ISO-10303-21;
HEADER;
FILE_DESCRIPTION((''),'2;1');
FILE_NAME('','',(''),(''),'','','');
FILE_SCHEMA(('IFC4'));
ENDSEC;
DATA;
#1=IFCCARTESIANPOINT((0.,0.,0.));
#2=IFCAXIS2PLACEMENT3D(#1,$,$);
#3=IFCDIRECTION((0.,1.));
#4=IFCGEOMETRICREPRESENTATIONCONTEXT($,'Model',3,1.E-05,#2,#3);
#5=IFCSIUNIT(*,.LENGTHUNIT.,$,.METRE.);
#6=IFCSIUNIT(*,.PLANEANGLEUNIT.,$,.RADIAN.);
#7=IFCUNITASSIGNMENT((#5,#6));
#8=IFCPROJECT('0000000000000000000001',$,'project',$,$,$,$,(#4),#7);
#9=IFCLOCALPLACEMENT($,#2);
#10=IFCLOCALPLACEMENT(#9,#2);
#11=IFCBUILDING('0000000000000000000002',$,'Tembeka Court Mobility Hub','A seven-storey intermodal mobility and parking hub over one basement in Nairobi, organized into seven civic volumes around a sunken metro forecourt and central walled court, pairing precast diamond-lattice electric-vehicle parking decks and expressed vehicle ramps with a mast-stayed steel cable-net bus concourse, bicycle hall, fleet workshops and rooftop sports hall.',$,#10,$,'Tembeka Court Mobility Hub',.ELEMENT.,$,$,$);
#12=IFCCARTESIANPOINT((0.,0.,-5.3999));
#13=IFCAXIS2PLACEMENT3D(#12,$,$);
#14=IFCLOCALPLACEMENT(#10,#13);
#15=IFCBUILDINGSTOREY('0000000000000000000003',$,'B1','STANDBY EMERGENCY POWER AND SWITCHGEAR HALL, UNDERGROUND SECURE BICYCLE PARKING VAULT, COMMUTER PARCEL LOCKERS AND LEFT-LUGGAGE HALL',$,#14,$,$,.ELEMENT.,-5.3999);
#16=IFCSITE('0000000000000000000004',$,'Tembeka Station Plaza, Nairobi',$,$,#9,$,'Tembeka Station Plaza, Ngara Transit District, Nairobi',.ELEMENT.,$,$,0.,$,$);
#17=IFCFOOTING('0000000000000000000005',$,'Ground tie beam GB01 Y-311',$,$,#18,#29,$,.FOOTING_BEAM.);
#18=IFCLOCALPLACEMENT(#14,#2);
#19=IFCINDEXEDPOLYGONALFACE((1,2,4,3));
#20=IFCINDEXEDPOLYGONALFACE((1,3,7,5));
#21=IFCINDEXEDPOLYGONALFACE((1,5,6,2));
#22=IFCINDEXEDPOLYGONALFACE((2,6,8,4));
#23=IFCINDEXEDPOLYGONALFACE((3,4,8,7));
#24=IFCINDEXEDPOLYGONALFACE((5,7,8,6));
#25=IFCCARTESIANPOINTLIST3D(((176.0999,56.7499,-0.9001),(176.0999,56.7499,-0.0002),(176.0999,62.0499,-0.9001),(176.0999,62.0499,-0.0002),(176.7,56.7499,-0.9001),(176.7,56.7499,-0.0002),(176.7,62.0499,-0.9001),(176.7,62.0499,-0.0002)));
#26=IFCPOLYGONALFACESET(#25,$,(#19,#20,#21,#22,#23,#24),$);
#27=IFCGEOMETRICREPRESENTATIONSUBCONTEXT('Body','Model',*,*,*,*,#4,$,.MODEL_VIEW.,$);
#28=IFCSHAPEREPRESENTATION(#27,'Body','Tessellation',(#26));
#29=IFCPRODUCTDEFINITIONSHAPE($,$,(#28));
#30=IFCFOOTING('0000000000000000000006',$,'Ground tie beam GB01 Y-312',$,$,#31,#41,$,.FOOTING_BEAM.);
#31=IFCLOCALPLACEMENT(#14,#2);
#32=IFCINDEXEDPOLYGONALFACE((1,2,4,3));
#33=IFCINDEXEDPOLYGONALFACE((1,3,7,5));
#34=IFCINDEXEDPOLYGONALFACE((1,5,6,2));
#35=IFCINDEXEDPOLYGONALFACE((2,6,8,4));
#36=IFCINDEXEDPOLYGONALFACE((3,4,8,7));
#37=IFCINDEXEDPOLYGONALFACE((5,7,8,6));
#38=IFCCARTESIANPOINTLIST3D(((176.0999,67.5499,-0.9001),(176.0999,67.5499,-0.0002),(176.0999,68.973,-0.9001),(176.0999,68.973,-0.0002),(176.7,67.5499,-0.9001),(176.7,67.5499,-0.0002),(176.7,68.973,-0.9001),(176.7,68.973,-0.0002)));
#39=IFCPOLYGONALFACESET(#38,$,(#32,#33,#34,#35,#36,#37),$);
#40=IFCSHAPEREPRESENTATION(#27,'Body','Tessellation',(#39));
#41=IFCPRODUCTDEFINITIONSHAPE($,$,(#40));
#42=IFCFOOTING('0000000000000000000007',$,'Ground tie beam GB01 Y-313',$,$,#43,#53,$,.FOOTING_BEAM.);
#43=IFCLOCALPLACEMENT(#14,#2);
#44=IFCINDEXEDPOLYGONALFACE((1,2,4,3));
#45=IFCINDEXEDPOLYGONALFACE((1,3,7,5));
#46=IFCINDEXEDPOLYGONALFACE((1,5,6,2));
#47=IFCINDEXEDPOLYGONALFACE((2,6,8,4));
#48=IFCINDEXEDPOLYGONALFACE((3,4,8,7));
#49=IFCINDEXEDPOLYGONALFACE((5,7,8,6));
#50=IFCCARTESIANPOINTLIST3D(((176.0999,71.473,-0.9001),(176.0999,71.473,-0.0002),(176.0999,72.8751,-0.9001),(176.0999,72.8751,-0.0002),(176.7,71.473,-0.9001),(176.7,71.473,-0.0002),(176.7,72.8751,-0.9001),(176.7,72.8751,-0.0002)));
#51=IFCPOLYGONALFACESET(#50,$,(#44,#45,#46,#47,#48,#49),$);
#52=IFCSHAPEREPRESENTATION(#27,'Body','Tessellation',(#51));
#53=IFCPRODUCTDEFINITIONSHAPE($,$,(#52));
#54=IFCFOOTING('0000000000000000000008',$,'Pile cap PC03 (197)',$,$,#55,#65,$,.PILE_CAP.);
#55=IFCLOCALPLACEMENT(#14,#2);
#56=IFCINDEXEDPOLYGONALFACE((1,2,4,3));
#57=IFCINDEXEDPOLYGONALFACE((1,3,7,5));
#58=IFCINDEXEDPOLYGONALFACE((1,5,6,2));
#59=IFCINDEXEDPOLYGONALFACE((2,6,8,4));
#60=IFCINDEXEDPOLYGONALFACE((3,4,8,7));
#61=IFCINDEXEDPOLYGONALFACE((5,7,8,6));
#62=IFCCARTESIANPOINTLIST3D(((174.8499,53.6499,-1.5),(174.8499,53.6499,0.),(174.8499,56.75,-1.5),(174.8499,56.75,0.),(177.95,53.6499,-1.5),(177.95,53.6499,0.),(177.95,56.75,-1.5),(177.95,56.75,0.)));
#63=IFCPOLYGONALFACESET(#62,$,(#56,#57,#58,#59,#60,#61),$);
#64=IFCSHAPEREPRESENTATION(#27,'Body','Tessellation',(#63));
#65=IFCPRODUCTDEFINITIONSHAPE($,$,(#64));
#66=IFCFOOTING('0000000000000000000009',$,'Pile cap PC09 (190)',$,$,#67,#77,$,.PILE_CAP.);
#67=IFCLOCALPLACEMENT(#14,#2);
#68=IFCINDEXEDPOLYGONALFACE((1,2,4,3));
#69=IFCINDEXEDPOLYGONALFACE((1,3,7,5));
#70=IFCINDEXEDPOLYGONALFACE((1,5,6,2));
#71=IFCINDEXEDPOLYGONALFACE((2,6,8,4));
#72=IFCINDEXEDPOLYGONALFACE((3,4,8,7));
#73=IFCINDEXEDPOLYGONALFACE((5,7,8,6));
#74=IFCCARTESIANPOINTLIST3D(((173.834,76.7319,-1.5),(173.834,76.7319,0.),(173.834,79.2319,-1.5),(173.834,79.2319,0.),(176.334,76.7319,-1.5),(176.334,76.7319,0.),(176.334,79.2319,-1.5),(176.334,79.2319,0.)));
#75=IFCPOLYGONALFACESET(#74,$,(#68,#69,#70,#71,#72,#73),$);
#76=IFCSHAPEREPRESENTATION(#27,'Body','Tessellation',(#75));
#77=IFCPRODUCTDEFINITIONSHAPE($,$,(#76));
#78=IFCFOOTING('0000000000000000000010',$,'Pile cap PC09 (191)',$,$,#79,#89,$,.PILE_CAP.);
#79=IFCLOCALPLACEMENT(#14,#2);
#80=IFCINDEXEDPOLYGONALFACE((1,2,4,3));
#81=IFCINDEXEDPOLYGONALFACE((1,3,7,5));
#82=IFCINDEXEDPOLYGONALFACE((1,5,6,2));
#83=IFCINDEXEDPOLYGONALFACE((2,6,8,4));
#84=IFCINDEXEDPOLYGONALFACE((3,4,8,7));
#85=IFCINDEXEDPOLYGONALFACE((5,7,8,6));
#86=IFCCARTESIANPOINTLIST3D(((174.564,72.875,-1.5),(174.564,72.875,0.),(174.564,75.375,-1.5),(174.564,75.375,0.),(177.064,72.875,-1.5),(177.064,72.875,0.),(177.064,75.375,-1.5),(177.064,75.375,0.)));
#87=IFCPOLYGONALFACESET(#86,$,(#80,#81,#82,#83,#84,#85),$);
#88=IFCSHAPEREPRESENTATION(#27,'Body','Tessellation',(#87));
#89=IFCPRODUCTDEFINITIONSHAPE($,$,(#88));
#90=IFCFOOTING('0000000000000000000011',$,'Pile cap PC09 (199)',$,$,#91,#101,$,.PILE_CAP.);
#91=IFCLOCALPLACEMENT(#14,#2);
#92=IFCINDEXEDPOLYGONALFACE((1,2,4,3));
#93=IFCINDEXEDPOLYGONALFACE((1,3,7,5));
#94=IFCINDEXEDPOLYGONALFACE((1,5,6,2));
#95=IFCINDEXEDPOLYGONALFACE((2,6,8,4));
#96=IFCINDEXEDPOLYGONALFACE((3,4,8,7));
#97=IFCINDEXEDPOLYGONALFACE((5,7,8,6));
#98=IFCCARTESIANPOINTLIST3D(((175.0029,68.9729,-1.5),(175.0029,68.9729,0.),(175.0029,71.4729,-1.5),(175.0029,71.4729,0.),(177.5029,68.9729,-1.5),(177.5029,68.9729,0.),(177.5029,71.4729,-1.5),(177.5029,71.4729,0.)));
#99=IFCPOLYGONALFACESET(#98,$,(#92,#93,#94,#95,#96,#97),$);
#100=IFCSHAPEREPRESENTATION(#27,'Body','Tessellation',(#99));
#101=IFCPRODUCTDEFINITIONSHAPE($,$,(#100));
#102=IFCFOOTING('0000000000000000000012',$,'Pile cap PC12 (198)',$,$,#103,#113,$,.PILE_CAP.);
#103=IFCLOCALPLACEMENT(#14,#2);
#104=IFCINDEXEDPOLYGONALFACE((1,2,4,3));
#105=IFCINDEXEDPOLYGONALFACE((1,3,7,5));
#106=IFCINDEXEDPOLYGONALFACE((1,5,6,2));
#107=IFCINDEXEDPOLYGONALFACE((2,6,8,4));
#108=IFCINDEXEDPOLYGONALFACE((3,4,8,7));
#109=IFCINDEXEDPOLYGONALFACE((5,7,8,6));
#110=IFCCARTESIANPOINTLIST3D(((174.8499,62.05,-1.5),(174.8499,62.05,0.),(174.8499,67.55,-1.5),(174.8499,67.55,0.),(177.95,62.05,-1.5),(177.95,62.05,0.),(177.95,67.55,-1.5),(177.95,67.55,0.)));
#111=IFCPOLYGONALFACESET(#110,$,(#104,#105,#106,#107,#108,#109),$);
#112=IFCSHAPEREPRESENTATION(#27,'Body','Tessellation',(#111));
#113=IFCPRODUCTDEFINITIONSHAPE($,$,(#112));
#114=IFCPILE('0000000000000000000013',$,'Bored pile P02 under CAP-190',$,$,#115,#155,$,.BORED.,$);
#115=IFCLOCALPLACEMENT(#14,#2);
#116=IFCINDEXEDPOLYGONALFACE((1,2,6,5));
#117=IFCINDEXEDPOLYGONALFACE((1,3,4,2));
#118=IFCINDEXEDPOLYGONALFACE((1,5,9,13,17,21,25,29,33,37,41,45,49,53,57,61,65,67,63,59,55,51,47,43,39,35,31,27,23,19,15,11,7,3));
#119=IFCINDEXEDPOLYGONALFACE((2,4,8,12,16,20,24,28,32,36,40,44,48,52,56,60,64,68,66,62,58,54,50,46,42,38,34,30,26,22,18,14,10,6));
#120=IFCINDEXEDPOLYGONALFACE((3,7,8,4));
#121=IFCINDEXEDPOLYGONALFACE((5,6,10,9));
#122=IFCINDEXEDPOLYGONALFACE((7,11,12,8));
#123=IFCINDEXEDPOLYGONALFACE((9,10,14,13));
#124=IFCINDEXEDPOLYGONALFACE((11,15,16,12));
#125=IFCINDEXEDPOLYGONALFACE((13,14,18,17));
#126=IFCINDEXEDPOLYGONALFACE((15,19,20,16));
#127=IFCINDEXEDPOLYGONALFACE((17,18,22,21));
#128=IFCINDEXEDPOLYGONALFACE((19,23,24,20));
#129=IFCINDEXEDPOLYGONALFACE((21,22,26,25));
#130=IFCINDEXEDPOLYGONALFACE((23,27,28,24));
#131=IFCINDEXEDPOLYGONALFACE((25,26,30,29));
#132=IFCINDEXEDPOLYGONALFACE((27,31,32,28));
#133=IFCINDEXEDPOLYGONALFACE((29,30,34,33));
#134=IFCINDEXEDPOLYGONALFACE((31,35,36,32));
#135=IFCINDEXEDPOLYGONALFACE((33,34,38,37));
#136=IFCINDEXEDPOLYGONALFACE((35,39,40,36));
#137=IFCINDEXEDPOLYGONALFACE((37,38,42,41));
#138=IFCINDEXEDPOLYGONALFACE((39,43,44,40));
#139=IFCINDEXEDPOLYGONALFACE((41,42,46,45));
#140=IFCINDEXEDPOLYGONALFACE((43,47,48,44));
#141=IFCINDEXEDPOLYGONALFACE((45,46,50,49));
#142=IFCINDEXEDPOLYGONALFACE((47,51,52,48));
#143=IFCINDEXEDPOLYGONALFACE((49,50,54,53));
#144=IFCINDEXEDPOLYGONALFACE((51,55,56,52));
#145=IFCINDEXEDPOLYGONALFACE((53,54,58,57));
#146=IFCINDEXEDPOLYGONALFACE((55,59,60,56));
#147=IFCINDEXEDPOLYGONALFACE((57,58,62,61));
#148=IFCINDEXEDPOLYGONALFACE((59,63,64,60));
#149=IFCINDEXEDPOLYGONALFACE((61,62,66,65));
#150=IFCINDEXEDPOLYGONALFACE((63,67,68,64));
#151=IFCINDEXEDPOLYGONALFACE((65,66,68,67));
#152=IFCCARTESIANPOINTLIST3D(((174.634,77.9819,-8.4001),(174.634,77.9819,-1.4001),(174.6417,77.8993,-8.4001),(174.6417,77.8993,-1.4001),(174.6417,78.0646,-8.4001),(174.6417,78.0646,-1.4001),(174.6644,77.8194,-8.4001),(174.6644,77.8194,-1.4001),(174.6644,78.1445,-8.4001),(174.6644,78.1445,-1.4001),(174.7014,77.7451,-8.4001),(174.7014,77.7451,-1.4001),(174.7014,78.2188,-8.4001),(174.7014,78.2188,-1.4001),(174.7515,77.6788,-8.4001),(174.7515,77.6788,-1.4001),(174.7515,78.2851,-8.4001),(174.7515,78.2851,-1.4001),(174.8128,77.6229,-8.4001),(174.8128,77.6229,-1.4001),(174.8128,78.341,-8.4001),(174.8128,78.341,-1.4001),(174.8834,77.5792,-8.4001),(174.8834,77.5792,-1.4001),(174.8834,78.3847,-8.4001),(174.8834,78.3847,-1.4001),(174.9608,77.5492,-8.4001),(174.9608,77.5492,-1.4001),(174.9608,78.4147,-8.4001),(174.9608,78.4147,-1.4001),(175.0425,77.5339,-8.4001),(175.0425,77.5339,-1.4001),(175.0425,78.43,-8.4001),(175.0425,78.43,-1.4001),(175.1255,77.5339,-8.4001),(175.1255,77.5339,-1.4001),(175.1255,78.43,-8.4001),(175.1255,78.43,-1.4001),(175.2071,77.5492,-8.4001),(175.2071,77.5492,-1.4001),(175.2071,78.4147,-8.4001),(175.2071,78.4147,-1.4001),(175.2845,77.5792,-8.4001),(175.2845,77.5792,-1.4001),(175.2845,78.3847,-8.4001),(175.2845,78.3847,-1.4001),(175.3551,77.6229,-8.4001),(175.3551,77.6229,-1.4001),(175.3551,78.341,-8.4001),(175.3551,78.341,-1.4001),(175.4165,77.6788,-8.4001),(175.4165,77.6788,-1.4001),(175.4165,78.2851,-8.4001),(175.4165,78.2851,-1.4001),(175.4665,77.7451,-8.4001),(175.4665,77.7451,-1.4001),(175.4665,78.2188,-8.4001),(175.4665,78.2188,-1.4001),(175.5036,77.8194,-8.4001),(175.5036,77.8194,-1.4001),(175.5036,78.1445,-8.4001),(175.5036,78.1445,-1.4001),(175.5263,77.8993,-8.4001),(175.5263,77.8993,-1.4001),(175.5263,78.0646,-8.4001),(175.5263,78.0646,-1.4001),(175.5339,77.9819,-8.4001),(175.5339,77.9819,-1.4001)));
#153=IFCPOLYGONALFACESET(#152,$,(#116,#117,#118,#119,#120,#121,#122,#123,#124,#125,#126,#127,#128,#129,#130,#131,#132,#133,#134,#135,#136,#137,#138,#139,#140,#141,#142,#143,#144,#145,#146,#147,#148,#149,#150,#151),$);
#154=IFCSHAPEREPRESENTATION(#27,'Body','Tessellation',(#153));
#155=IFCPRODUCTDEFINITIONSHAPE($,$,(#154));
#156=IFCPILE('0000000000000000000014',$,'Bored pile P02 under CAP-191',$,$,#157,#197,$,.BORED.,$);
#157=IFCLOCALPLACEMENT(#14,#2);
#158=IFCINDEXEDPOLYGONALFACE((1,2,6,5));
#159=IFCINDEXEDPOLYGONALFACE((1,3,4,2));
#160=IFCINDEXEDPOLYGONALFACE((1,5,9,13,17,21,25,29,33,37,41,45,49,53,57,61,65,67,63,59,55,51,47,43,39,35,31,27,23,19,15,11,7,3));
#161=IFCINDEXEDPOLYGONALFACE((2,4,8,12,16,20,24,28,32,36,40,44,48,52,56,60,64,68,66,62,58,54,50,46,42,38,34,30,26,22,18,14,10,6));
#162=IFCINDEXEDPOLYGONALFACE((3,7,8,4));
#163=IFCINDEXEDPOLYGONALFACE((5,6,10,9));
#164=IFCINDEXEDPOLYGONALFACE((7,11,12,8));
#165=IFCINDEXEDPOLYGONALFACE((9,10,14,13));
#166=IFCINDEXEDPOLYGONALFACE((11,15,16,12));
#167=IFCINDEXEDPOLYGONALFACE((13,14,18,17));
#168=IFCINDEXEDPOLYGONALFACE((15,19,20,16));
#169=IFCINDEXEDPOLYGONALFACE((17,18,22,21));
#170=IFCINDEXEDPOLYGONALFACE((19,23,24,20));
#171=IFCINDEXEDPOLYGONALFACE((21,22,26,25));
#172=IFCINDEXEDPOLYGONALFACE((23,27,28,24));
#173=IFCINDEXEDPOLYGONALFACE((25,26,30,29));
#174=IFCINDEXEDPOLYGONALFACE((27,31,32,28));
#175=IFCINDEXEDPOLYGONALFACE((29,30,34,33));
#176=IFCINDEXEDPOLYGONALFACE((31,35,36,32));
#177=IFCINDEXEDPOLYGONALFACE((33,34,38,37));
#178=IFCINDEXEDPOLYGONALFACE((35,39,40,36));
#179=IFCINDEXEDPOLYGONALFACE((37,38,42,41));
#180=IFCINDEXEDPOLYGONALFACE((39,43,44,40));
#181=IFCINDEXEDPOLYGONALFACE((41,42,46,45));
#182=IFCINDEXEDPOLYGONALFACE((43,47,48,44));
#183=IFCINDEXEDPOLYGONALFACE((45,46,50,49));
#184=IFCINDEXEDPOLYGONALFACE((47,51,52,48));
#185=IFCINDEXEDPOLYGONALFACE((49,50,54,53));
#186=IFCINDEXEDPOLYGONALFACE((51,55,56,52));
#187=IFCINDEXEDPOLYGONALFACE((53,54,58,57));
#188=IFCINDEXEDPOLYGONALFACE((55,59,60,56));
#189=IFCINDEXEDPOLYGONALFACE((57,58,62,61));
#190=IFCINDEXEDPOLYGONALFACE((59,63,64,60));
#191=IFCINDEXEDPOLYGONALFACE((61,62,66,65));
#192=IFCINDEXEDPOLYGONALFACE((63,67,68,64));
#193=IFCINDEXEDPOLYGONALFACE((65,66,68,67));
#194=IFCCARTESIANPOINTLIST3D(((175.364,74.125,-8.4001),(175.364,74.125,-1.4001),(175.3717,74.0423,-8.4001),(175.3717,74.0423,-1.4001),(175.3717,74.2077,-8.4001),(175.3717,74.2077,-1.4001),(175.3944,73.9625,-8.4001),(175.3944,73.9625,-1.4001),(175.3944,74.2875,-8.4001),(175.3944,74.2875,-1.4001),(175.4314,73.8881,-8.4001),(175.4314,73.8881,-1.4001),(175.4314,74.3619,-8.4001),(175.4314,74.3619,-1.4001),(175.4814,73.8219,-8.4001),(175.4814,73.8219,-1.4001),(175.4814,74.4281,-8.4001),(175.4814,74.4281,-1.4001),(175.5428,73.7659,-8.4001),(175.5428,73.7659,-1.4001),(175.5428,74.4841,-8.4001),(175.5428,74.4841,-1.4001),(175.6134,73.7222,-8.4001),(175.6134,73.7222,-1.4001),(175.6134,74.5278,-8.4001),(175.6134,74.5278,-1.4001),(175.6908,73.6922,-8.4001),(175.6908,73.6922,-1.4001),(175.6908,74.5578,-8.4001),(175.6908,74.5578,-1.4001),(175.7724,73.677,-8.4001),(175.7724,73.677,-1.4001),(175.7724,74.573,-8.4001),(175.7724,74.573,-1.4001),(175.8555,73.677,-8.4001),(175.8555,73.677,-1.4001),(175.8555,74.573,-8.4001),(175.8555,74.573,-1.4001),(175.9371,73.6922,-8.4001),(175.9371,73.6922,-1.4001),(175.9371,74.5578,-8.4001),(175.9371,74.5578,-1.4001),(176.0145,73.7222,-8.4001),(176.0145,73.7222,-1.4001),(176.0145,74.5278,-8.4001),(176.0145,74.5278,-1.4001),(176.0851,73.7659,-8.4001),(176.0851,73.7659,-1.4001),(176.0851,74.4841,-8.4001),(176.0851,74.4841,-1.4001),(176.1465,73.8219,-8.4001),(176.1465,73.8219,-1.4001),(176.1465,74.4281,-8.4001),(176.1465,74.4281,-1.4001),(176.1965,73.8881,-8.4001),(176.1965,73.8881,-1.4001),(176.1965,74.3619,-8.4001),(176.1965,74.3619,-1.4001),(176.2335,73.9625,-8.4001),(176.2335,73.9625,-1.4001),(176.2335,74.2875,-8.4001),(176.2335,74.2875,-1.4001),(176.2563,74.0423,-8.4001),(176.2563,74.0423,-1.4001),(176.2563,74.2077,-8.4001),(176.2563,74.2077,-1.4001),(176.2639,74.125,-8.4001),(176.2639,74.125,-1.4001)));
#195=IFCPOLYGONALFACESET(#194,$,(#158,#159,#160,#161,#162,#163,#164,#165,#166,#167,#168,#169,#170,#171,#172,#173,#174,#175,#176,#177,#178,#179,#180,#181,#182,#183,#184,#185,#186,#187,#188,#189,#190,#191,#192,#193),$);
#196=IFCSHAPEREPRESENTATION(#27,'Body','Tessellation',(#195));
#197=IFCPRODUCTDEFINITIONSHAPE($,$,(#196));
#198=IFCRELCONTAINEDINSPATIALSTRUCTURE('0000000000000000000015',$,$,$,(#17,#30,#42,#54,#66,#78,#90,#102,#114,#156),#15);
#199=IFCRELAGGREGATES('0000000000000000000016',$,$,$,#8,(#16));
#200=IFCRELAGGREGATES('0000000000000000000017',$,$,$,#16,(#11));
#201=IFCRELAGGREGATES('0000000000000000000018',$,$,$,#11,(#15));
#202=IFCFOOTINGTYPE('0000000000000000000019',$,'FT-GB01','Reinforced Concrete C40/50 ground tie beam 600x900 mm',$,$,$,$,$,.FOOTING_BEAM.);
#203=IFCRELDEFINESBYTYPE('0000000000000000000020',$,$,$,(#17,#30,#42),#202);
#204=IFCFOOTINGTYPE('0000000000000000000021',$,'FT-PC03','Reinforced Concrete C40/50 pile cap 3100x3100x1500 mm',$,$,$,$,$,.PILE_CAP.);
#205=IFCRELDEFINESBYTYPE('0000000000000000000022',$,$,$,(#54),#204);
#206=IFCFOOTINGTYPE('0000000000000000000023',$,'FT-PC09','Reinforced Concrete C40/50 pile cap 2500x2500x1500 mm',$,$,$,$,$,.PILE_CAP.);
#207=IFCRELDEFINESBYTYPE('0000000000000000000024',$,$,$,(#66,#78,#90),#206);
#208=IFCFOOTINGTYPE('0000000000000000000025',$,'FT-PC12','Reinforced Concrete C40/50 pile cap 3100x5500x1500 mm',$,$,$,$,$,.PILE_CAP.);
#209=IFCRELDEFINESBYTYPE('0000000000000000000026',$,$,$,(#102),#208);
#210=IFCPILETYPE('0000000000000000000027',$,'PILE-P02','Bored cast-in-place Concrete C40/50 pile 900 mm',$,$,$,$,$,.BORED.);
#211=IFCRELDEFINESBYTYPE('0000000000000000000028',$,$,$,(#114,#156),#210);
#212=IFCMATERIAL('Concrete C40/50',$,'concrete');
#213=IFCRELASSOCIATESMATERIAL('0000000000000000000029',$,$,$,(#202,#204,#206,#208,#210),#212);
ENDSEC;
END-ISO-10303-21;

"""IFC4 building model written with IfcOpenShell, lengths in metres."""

from ifc_helpers import new_model, si_unit, direction, frame, origin, origin_2d, place, context, subcontext, project, spatial, rectangle, circle, extrude, material, material_profile, profile_set, type_object, element, save


model = new_model("IFC4")

# Units and contexts
model_context = context("Model", 3, precision=1e-05, world=origin(), true_north=direction((0.0, 1.0)))
body_context = subcontext(model_context, "Body", "Model", "MODEL_VIEW")
ifc_project = project(units=[si_unit("LENGTHUNIT", "METRE"), si_unit("PLANEANGLEUNIT", "RADIAN")], contexts=[model_context])

# Site, building, storey
site_placement = place(None, origin())
site = spatial("IfcSite", under=ifc_project, at=site_placement, Name="Tembeka Station Plaza, Nairobi", LongName="Tembeka Station Plaza, Ngara Transit District, Nairobi", CompositionType="ELEMENT", RefElevation=0.0)
building_placement = place(site_placement, origin())
building = spatial("IfcBuilding", under=site, at=building_placement, Name="Tembeka Court Mobility Hub", Description="A seven-storey intermodal mobility and parking hub over one basement in Nairobi, organized into seven civic volumes around a sunken metro forecourt and central walled court, pairing precast diamond-lattice electric-vehicle parking decks and expressed vehicle ramps with a mast-stayed steel cable-net bus concourse, bicycle hall, fleet workshops and rooftop sports hall.", LongName="Tembeka Court Mobility Hub", CompositionType="ELEMENT")
storey_placement = place(building_placement, frame((0.0, 0.0, -5.3999)))
storey = spatial("IfcBuildingStorey", under=building, at=storey_placement, Name="B1", Description="STANDBY EMERGENCY POWER AND SWITCHGEAR HALL, UNDERGROUND SECURE BICYCLE PARKING VAULT, COMMUTER PARCEL LOCKERS AND LEFT-LUGGAGE HALL", CompositionType="ELEMENT", Elevation=-5.3999)

# Footings
ifc_material_1 = material(Name="Concrete C40/50", Category="concrete")
footing_type_1 = type_object("IfcFootingType", Name="FT-GB01", Description="Reinforced Concrete C40/50 ground tie beam 600x900 mm", PredefinedType="FOOTING_BEAM", material=ifc_material_1)
footing_1_placement = place(storey_placement, frame((176.3999, 59.3999, -0.9001), z_axis=(0.0, 0.0, 1.0), x_axis=(0.0, 1.0, 0.0)))
element("IfcFooting", 1, at=footing_1_placement, inside=storey, type_object=footing_type_1, Name="Ground tie beam GB01 Y-311", PredefinedType="FOOTING_BEAM", context=body_context, shape_type="SweptSolid", body=[
    extrude(rectangle(XDim=5.3, YDim=0.6001, at=origin_2d()), origin(), (0.0, 0.0, 1.0), 0.8999),
])
footing_2_placement = place(storey_placement, frame((176.3999, 68.2615, -0.9001), z_axis=(0.0, 0.0, 1.0), x_axis=(0.0, 1.0, 0.0)))
element("IfcFooting", 2, at=footing_2_placement, inside=storey, type_object=footing_type_1, Name="Ground tie beam GB01 Y-312", PredefinedType="FOOTING_BEAM", context=body_context, shape_type="SweptSolid", body=[
    extrude(rectangle(XDim=1.4231, YDim=0.6001, at=origin_2d()), origin(), (0.0, 0.0, 1.0), 0.8999),
])
footing_3_placement = place(storey_placement, frame((176.3999, 72.1741, -0.9001), z_axis=(0.0, 0.0, 1.0), x_axis=(0.0, 1.0, 0.0)))
element("IfcFooting", 3, at=footing_3_placement, inside=storey, type_object=footing_type_1, Name="Ground tie beam GB01 Y-313", PredefinedType="FOOTING_BEAM", context=body_context, shape_type="SweptSolid", body=[
    extrude(rectangle(XDim=1.4021, YDim=0.6001, at=origin_2d()), origin(), (0.0, 0.0, 1.0), 0.8999),
])
footing_type_2 = type_object("IfcFootingType", Name="FT-PC03", Description="Reinforced Concrete C40/50 pile cap 3100x3100x1500 mm", PredefinedType="PILE_CAP", material=ifc_material_1)
footing_4_placement = place(storey_placement, frame((176.3999, 55.2, -1.5), z_axis=(0.0, 0.0, 1.0), x_axis=(1.0, 0.0, 0.0)))
element("IfcFooting", 4, at=footing_4_placement, inside=storey, type_object=footing_type_2, Name="Pile cap PC03 (197)", PredefinedType="PILE_CAP", context=body_context, shape_type="SweptSolid", body=[
    extrude(rectangle(XDim=3.1001, YDim=3.1001, at=origin_2d()), origin(), (0.0, 0.0, 1.0), 1.5),
])
footing_type_3 = type_object("IfcFootingType", Name="FT-PC09", Description="Reinforced Concrete C40/50 pile cap 2500x2500x1500 mm", PredefinedType="PILE_CAP", material=ifc_material_1)
for number, where, z_axis, x_axis, name in (
    (5, (175.084, 77.9819, -1.5), (0.0, 0.0, 1.0), (1.0, 0.0, 0.0), "Pile cap PC09 (190)"),
    (6, (175.814, 74.125, -1.5), (0.0, 0.0, 1.0), (1.0, 0.0, 0.0), "Pile cap PC09 (191)"),
    (7, (176.2529, 70.2229, -1.5), (0.0, 0.0, 1.0), (1.0, 0.0, 0.0), "Pile cap PC09 (199)"),
):
    element("IfcFooting", number, at=place(storey_placement, frame(where, z_axis=z_axis, x_axis=x_axis)), inside=storey, type_object=footing_type_3, Name=name, PredefinedType="PILE_CAP", context=body_context, shape_type="SweptSolid", body=[
        extrude(rectangle(XDim=2.5, YDim=2.5, at=origin_2d()), origin(), (0.0, 0.0, 1.0), 1.5),
    ])
footing_type_4 = type_object("IfcFootingType", Name="FT-PC12", Description="Reinforced Concrete C40/50 pile cap 3100x5500x1500 mm", PredefinedType="PILE_CAP", material=ifc_material_1)
footing_5_placement = place(storey_placement, frame((176.3999, 64.8, -1.5), z_axis=(0.0, 0.0, 1.0), x_axis=(0.0, 1.0, 0.0)))
element("IfcFooting", 8, at=footing_5_placement, inside=storey, type_object=footing_type_4, Name="Pile cap PC12 (198)", PredefinedType="PILE_CAP", context=body_context, shape_type="SweptSolid", body=[
    extrude(rectangle(XDim=5.5, YDim=3.1001, at=origin_2d()), origin(), (0.0, 0.0, 1.0), 1.5),
])

# Piles
ifc_material_profile_1 = material_profile(ifc_material_1, circle(Radius=0.45, at=origin_2d()), Name="PILE D900")
ifc_profile_set_1 = profile_set([ifc_material_profile_1], Name="Concrete C40/50")
pile_type_1 = type_object("IfcPileType", Name="PILE-P02", Description="Bored cast-in-place Concrete C40/50 pile 900 mm", PredefinedType="BORED", material=ifc_profile_set_1)
for number, where, z_axis, x_axis, name in (
    (9, (175.084, 77.9819, -1.4001), (0.0, 0.0, -1.0), (1.0, 0.0, 0.0), "Bored pile P02 under CAP-190"),
    (10, (175.814, 74.125, -1.4001), (0.0, 0.0, -1.0), (1.0, 0.0, 0.0), "Bored pile P02 under CAP-191"),
):
    element("IfcPile", number, at=place(storey_placement, frame(where, z_axis=z_axis, x_axis=x_axis)), inside=storey, type_object=pile_type_1, Name=name, PredefinedType="BORED", context=body_context, shape_type="SweptSolid", body=[
        extrude(circle(Radius=0.45, at=origin_2d()), origin(), (0.0, 0.0, 1.0), 7.0),
    ])

save(model, "model.ifc")
